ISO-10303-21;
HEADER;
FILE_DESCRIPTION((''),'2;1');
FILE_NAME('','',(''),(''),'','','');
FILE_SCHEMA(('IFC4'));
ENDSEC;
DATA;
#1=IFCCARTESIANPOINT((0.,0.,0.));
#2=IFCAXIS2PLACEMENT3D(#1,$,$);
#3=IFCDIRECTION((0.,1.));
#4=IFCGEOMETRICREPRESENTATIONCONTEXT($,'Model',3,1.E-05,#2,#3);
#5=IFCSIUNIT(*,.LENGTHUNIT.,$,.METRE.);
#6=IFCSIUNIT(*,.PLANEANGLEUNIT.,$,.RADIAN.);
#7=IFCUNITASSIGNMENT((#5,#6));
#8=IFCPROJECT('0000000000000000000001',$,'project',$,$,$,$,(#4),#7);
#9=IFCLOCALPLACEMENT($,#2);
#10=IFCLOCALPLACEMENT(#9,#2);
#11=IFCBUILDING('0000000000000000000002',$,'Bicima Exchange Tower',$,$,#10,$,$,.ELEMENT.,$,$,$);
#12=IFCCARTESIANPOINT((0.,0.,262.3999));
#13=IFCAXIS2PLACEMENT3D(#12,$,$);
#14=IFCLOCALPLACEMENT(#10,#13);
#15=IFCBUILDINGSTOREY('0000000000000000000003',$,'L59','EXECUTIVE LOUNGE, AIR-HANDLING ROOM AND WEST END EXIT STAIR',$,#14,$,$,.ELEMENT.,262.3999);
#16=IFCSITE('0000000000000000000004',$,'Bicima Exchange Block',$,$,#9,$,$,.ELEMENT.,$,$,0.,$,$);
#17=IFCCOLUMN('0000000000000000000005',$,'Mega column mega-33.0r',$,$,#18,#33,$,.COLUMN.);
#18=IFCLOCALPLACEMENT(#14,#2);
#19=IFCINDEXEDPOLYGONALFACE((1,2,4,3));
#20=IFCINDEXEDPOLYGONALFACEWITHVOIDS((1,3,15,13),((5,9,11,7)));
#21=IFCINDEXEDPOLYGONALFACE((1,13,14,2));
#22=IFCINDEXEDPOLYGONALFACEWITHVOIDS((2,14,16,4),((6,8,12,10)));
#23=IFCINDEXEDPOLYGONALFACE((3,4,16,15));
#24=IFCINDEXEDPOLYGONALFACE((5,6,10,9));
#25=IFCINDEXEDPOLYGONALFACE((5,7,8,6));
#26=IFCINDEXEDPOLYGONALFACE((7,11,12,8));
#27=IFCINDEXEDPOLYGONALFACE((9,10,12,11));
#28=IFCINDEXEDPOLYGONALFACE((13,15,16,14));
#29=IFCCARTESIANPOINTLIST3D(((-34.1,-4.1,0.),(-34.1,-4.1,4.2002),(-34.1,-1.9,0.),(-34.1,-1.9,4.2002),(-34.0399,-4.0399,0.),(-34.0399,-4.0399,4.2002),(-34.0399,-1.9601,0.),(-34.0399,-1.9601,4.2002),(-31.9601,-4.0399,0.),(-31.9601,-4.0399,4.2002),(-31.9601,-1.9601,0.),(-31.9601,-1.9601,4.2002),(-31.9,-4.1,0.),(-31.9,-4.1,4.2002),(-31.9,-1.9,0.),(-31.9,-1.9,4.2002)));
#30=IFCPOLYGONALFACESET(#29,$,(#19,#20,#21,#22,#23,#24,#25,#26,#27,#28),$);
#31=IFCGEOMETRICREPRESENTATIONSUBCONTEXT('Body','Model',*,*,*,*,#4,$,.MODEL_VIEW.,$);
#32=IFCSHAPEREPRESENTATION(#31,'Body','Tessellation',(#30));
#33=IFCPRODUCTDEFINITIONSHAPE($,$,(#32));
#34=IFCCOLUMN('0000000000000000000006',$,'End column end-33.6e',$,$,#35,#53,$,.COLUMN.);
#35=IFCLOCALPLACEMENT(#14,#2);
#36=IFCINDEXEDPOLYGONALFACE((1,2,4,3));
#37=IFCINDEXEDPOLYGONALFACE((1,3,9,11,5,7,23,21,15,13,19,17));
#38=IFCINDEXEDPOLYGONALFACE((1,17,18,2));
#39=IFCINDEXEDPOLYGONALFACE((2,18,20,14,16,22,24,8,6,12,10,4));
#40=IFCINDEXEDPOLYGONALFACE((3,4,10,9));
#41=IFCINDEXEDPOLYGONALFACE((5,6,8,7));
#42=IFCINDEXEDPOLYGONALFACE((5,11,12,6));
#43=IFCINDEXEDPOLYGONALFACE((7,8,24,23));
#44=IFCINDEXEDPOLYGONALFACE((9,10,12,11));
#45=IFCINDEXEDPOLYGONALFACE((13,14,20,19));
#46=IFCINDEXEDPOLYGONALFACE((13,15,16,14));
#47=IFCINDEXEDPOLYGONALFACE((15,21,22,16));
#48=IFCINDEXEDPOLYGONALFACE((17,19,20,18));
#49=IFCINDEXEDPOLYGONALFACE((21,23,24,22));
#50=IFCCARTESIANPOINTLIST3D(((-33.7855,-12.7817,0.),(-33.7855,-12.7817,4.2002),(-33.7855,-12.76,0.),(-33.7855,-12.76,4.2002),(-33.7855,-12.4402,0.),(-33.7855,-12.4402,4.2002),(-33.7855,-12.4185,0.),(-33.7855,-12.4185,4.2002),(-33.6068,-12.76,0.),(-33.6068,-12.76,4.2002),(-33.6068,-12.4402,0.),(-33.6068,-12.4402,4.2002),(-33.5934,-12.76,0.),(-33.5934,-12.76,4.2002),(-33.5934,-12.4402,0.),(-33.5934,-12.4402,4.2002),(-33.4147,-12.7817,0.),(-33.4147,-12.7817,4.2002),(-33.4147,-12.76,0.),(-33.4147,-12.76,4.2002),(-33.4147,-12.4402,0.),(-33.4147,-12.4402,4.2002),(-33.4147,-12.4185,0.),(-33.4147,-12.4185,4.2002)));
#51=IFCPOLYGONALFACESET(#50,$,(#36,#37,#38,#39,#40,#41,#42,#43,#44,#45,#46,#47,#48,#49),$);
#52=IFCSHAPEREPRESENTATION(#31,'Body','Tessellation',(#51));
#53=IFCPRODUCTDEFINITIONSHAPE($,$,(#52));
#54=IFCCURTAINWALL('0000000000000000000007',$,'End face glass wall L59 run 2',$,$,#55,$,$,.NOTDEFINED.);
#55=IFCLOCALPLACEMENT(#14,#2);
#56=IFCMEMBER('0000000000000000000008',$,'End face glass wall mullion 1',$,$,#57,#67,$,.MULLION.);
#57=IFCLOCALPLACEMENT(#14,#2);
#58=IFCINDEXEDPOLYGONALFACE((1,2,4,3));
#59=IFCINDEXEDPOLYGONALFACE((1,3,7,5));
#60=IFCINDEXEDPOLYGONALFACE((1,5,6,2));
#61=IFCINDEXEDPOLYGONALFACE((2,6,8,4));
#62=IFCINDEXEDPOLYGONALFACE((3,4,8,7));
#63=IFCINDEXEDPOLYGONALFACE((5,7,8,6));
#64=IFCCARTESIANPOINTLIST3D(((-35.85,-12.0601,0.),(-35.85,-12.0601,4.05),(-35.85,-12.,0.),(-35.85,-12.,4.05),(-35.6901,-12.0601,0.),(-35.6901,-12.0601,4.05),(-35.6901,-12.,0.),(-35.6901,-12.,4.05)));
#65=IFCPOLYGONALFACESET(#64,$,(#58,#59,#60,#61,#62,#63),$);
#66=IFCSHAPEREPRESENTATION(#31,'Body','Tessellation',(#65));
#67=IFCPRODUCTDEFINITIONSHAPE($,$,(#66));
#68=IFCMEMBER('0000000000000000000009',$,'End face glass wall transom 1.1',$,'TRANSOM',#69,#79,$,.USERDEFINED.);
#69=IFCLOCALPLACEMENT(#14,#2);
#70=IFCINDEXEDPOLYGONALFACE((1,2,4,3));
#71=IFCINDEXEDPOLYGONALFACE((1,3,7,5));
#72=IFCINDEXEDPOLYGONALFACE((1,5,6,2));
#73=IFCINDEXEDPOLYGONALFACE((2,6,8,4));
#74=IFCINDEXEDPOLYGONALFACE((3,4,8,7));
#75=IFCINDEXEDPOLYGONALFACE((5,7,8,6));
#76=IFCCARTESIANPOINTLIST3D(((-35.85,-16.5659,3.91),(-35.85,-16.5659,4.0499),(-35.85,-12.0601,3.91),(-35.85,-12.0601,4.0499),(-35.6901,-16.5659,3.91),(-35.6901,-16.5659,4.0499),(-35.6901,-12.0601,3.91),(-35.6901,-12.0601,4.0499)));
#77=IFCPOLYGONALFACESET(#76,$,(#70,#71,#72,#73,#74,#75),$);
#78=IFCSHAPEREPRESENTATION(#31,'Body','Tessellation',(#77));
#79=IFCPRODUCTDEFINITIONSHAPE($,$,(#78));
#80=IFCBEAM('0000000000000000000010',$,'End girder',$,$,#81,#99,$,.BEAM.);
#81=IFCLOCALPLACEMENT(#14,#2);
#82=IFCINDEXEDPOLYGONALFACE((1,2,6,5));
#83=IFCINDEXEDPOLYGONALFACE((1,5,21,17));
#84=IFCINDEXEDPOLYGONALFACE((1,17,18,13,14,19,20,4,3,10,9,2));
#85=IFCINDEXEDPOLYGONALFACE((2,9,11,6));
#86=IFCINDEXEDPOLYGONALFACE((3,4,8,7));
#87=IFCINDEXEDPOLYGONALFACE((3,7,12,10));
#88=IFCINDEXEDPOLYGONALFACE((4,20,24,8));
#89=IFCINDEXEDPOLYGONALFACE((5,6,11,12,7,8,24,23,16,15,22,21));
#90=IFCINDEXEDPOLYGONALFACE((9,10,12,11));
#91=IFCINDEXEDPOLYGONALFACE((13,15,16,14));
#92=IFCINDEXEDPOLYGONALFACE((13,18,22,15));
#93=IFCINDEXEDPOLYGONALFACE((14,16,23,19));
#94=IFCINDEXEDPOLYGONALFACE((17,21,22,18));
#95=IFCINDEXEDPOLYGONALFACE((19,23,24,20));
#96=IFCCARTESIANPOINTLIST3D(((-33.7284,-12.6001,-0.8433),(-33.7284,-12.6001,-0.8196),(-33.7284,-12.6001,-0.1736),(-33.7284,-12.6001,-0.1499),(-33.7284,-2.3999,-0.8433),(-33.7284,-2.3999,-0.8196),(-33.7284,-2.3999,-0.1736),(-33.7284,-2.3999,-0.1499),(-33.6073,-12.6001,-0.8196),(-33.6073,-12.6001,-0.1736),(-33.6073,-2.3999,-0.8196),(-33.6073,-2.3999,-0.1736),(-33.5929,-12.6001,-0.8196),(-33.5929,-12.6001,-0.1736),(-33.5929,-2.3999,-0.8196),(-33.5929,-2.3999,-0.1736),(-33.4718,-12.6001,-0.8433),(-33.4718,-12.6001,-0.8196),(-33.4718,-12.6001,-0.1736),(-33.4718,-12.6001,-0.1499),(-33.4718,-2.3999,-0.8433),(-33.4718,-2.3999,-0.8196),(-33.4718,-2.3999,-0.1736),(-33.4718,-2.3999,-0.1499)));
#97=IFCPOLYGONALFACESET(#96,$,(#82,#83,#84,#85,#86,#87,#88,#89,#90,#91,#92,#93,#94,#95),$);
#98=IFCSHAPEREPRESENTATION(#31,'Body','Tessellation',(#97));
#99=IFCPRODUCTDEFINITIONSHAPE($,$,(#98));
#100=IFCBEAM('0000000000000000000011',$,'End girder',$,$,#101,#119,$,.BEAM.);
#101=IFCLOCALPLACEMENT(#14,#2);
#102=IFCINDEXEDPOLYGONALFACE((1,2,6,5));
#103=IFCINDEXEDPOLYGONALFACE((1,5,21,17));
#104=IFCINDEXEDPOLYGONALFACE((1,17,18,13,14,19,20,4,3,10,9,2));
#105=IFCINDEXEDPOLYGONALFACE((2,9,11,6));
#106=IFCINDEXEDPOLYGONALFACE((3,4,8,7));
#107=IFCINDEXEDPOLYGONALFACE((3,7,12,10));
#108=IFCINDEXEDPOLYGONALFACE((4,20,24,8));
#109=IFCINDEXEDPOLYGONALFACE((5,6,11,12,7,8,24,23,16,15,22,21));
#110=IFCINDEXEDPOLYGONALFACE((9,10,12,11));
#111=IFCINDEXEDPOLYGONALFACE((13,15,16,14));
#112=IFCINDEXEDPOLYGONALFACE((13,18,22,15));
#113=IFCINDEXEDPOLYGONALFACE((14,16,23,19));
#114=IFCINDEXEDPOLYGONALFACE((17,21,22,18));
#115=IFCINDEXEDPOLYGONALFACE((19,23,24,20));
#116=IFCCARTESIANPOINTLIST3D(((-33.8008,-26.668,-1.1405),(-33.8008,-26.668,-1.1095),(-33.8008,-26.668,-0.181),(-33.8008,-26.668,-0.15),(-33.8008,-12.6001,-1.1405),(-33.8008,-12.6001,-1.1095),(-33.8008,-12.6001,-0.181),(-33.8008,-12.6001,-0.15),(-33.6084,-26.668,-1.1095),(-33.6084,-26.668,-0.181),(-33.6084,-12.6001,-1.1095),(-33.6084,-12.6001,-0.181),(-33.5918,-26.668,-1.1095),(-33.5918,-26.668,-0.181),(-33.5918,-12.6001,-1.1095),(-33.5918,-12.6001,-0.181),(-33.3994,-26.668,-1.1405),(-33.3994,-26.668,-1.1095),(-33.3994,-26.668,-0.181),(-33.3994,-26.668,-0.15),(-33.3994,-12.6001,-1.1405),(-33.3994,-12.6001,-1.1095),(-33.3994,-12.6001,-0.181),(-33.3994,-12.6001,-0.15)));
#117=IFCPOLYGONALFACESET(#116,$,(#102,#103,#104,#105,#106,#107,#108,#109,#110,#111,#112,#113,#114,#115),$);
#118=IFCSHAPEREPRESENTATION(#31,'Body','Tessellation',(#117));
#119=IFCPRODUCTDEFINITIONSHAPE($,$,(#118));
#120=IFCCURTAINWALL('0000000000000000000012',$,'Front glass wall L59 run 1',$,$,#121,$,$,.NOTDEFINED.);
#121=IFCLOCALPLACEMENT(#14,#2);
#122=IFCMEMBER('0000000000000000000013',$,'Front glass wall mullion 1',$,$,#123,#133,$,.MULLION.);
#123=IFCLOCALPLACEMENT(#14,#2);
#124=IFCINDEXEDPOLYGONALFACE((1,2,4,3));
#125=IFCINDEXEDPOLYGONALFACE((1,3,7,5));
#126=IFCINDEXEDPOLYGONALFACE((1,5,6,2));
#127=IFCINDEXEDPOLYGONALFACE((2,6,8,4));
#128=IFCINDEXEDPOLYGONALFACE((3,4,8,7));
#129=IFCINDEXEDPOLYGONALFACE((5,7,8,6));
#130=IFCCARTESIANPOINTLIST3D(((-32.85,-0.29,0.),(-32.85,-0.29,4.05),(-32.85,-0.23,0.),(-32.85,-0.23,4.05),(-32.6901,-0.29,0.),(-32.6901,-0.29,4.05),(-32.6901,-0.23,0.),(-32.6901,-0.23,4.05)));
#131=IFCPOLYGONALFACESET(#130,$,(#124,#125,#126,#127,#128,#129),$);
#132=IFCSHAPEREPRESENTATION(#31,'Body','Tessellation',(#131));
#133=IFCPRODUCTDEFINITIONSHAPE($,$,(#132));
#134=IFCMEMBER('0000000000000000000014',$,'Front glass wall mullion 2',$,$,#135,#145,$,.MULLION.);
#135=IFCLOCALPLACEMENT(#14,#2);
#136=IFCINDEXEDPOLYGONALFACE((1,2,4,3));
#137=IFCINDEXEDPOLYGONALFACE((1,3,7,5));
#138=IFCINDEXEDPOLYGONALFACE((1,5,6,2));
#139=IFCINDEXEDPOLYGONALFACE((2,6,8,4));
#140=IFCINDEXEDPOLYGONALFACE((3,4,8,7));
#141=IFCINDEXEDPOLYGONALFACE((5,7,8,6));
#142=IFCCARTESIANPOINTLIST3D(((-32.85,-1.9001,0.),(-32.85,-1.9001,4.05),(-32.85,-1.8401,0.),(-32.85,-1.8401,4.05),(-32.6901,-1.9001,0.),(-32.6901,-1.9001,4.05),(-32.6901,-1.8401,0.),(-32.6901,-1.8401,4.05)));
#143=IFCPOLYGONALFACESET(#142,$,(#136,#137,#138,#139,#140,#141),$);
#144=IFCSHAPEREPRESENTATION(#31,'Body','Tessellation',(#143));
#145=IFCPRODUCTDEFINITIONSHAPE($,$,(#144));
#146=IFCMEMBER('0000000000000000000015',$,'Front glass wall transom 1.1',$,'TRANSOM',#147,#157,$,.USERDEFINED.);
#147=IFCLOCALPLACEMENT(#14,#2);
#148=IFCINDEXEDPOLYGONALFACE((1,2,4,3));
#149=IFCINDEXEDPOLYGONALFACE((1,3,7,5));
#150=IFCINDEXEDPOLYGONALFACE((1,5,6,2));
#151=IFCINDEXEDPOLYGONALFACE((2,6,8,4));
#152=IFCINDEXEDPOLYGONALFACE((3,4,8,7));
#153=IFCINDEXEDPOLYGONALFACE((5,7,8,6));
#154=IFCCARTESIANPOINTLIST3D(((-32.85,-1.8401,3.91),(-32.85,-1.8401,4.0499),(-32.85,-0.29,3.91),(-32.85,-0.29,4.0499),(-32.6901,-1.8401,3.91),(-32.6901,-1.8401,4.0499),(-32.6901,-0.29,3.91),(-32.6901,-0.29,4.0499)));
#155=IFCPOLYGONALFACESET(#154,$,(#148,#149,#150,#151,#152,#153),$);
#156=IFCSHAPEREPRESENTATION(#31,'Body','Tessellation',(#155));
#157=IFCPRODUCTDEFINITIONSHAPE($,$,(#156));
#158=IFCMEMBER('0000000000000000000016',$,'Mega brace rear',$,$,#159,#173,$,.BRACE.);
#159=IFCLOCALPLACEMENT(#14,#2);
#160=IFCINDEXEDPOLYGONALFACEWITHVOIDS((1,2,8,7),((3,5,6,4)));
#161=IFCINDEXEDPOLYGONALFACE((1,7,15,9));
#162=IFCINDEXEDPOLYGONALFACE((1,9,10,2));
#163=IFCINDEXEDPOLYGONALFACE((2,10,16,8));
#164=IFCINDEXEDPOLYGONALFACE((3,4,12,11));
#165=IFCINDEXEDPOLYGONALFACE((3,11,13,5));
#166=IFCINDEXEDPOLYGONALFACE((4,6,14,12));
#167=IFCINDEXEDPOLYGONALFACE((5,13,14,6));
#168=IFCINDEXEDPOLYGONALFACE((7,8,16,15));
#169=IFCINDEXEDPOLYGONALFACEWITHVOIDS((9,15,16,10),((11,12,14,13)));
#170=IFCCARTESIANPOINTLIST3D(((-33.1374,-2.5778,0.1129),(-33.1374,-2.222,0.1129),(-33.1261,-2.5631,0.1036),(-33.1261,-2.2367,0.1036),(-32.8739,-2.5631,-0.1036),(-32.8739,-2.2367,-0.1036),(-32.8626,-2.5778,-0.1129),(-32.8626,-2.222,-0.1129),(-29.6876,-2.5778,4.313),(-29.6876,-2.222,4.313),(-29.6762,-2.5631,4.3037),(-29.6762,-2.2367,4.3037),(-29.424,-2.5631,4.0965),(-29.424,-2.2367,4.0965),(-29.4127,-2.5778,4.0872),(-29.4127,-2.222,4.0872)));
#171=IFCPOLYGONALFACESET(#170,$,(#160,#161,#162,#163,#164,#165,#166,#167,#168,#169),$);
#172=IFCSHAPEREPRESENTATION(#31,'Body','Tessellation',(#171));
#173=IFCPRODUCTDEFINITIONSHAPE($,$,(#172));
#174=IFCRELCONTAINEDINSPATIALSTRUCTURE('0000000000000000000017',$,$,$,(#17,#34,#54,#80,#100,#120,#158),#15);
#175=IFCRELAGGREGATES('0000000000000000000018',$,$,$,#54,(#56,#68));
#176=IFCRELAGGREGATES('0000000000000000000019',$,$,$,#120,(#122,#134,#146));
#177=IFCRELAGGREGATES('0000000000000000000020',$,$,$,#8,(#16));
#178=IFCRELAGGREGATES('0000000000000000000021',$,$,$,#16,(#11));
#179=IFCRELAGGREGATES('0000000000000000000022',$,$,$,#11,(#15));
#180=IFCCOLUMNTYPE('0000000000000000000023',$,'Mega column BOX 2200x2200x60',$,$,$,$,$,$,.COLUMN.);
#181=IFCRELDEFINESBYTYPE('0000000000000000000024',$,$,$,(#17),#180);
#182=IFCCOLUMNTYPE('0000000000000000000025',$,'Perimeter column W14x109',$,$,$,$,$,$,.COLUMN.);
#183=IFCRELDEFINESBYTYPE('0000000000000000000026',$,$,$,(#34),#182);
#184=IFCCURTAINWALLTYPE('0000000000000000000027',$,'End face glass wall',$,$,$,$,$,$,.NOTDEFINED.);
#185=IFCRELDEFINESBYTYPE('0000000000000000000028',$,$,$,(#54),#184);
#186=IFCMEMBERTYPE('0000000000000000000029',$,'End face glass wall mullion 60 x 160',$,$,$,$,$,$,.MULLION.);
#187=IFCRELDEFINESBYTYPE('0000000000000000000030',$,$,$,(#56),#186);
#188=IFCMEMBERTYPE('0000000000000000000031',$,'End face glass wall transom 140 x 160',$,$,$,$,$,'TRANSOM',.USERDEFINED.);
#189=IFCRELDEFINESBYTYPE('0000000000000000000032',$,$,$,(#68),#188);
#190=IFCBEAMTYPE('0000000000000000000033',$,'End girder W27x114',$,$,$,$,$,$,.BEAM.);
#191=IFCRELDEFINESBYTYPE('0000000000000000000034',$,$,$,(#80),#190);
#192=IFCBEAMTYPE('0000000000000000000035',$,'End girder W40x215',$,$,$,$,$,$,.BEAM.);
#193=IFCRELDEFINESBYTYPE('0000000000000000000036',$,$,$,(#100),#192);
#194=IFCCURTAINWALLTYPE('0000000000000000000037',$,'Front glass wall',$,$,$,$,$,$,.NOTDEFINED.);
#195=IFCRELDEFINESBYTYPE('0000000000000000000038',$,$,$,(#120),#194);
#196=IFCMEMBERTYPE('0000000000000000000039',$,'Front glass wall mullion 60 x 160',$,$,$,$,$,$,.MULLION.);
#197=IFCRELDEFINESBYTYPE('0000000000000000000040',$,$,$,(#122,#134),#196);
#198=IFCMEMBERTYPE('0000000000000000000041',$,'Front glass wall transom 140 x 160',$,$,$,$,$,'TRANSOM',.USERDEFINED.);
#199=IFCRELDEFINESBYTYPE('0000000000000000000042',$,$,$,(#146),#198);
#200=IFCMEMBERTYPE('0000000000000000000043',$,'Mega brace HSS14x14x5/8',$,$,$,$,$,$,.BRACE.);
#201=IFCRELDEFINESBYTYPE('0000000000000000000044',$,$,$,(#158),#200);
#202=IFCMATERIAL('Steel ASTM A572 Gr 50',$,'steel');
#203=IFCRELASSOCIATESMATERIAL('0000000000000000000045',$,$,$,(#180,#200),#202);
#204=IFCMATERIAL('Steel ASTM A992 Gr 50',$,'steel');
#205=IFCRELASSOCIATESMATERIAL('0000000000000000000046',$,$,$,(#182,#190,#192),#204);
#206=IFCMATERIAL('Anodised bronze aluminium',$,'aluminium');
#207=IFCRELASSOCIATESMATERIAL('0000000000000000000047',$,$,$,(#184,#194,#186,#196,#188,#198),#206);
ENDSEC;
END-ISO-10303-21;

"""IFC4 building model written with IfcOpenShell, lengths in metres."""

from ifc_helpers import new_model, si_unit, direction, frame, origin, origin_2d, place, context, subcontext, project, spatial, rectangle, hollow_rectangle, i_section, extrude, material, material_profile, profile_set, type_object, element, aggregate, save


model = new_model("IFC4")

# Units and contexts
model_context = context("Model", 3, precision=1e-05, world=origin(), true_north=direction((0.0, 1.0)))
body_context = subcontext(model_context, "Body", "Model", "MODEL_VIEW")
ifc_project = project(units=[si_unit("LENGTHUNIT", "METRE"), si_unit("PLANEANGLEUNIT", "RADIAN")], contexts=[model_context])

# Site, building, storey
site_placement = place(None, origin())
site = spatial("IfcSite", under=ifc_project, at=site_placement, Name="Bicima Exchange Block", CompositionType="ELEMENT", RefElevation=0.0)
building_placement = place(site_placement, origin())
building = spatial("IfcBuilding", under=site, at=building_placement, Name="Bicima Exchange Tower", CompositionType="ELEMENT")
storey_placement = place(building_placement, frame((0.0, 0.0, 262.3999)))
storey = spatial("IfcBuildingStorey", under=building, at=storey_placement, Name="L59", Description="EXECUTIVE LOUNGE, AIR-HANDLING ROOM AND WEST END EXIT STAIR", CompositionType="ELEMENT", Elevation=262.3999)

# Columns
ifc_material_1 = material(Name="Steel ASTM A572 Gr 50", Category="steel")
ifc_material_profile_1 = material_profile(ifc_material_1, hollow_rectangle(XDim=2.2, YDim=2.2, WallThickness=0.0601, at=origin_2d()))
ifc_profile_set_1 = profile_set([ifc_material_profile_1], Name="Steel ASTM A572 Gr 50")
column_type_1 = type_object("IfcColumnType", Name="Mega column BOX 2200x2200x60", PredefinedType="COLUMN", material=ifc_profile_set_1)
column_1_placement = place(storey_placement, frame((-33.0, -3.0, 0.0), z_axis=(0.0, 0.0, 1.0), x_axis=(1.0, 0.0, 0.0)))
element("IfcColumn", 1, at=column_1_placement, inside=storey, type_object=column_type_1, Name="Mega column mega-33.0r", PredefinedType="COLUMN", context=body_context, shape_type="SweptSolid", body=[
    extrude(hollow_rectangle(XDim=2.2, YDim=2.2, WallThickness=0.0601, at=origin_2d()), origin(), (0.0, 0.0, 1.0), 4.2002),
])
ifc_material_2 = material(Name="Steel ASTM A992 Gr 50", Category="steel")
ifc_material_profile_2 = material_profile(ifc_material_2, i_section(OverallWidth=0.3708, OverallDepth=0.3633, WebThickness=0.0134, FlangeThickness=0.0217, at=origin_2d()))
ifc_profile_set_2 = profile_set([ifc_material_profile_2], Name="Steel ASTM A992 Gr 50")
column_type_2 = type_object("IfcColumnType", Name="Perimeter column W14x109", PredefinedType="COLUMN", material=ifc_profile_set_2)
column_2_placement = place(storey_placement, frame((-33.6001, -12.6001, 0.0), z_axis=(0.0, 0.0, 1.0), x_axis=(1.0, 0.0, 0.0)))
element("IfcColumn", 2, at=column_2_placement, inside=storey, type_object=column_type_2, Name="End column end-33.6e", PredefinedType="COLUMN", context=body_context, shape_type="SweptSolid", body=[
    extrude(i_section(OverallWidth=0.3708, OverallDepth=0.3633, WebThickness=0.0134, FlangeThickness=0.0217, at=origin_2d()), origin(), (0.0, 0.0, 1.0), 4.2002),
])

# Curtain wall, members
ifc_material_3 = material(Name="Anodised bronze aluminium", Category="aluminium")
curtain_wall_type_1 = type_object("IfcCurtainWallType", Name="End face glass wall", PredefinedType="NOTDEFINED", material=ifc_material_3)
curtain_wall_1_placement = place(storey_placement, origin())
curtain_wall_1 = element("IfcCurtainWall", 3, at=curtain_wall_1_placement, inside=storey, type_object=curtain_wall_type_1, Name="End face glass wall L59 run 2", PredefinedType="NOTDEFINED")
ifc_material_profile_3 = material_profile(ifc_material_3, rectangle(XDim=0.1599, YDim=0.0601, at=origin_2d()))
ifc_profile_set_3 = profile_set([ifc_material_profile_3], Name="Anodised bronze aluminium")
member_type_1 = type_object("IfcMemberType", Name="End face glass wall mullion 60 x 160", PredefinedType="MULLION", material=ifc_profile_set_3)
member_1_placement = place(storey_placement, frame((-35.77, -12.03, 0.0), z_axis=(0.0, 0.0, 1.0), x_axis=(1.0, 0.0, 0.0)))
member_1 = element("IfcMember", 4, at=member_1_placement, type_object=member_type_1, Name="End face glass wall mullion 1", PredefinedType="MULLION", context=body_context, shape_type="SweptSolid", body=[
    extrude(rectangle(XDim=0.1599, YDim=0.0601, at=origin_2d()), origin(), (0.0, 0.0, 1.0), 4.05),
])
ifc_material_profile_4 = material_profile(ifc_material_3, rectangle(XDim=0.1599, YDim=0.1399, at=origin_2d()))
ifc_profile_set_4 = profile_set([ifc_material_profile_4], Name="Anodised bronze aluminium")
member_type_2 = type_object("IfcMemberType", Name="End face glass wall transom 140 x 160", ElementType="TRANSOM", PredefinedType="USERDEFINED", material=ifc_profile_set_4)
member_2_placement = place(storey_placement, frame((-35.77, -12.0601, 3.98), z_axis=(0.0, -1.0, 0.0), x_axis=(1.0, 0.0, 0.0)))
member_2 = element("IfcMember", 5, at=member_2_placement, type_object=member_type_2, Name="End face glass wall transom 1.1", ObjectType="TRANSOM", PredefinedType="USERDEFINED", context=body_context, shape_type="SweptSolid", body=[
    extrude(rectangle(XDim=0.1599, YDim=0.1399, at=origin_2d()), origin(), (0.0, 0.0, 1.0), 4.5059),
])
aggregate(curtain_wall_1, [member_1, member_2])

# Beams
ifc_material_profile_5 = material_profile(ifc_material_2, i_section(OverallWidth=0.2566, OverallDepth=0.6934, WebThickness=0.0144, FlangeThickness=0.0237, at=origin_2d()))
ifc_profile_set_5 = profile_set([ifc_material_profile_5], Name="Steel ASTM A992 Gr 50")
beam_type_1 = type_object("IfcBeamType", Name="End girder W27x114", PredefinedType="BEAM", material=ifc_profile_set_5)
beam_1_placement = place(storey_placement, frame((-33.6001, -2.3999, -0.4966), z_axis=(0.0, -1.0, 0.0), x_axis=(1.0, 0.0, 0.0)))
element("IfcBeam", 6, at=beam_1_placement, inside=storey, type_object=beam_type_1, Name="End girder", PredefinedType="BEAM", context=body_context, shape_type="SweptSolid", body=[
    extrude(i_section(OverallWidth=0.2566, OverallDepth=0.6934, WebThickness=0.0144, FlangeThickness=0.0237, at=origin_2d()), origin(), (0.0, 0.0, 1.0), 10.2002),
])
ifc_material_profile_6 = material_profile(ifc_material_2, i_section(OverallWidth=0.4014, OverallDepth=0.9905, WebThickness=0.0166, FlangeThickness=0.031, at=origin_2d()))
ifc_profile_set_6 = profile_set([ifc_material_profile_6], Name="Steel ASTM A992 Gr 50")
beam_type_2 = type_object("IfcBeamType", Name="End girder W40x215", PredefinedType="BEAM", material=ifc_profile_set_6)
beam_2_placement = place(storey_placement, frame((-33.6001, -12.6001, -0.6453), z_axis=(0.0, -1.0, 0.0), x_axis=(1.0, 0.0, 0.0)))
element("IfcBeam", 7, at=beam_2_placement, inside=storey, type_object=beam_type_2, Name="End girder", PredefinedType="BEAM", context=body_context, shape_type="SweptSolid", body=[
    extrude(i_section(OverallWidth=0.4014, OverallDepth=0.9905, WebThickness=0.0166, FlangeThickness=0.031, at=origin_2d()), origin(), (0.0, 0.0, 1.0), 14.0679),
])

# Curtain wall, members
curtain_wall_type_2 = type_object("IfcCurtainWallType", Name="Front glass wall", PredefinedType="NOTDEFINED", material=ifc_material_3)
curtain_wall_2_placement = place(storey_placement, origin())
curtain_wall_2 = element("IfcCurtainWall", 8, at=curtain_wall_2_placement, inside=storey, type_object=curtain_wall_type_2, Name="Front glass wall L59 run 1", PredefinedType="NOTDEFINED")
member_type_3 = type_object("IfcMemberType", Name="Front glass wall mullion 60 x 160", PredefinedType="MULLION", material=ifc_profile_set_3)
member_3_placement = place(storey_placement, frame((-32.77, -0.26, 0.0), z_axis=(0.0, 0.0, 1.0), x_axis=(1.0, 0.0, 0.0)))
member_3 = element("IfcMember", 9, at=member_3_placement, type_object=member_type_3, Name="Front glass wall mullion 1", PredefinedType="MULLION", context=body_context, shape_type="SweptSolid", body=[
    extrude(rectangle(XDim=0.1599, YDim=0.0601, at=origin_2d()), origin(), (0.0, 0.0, 1.0), 4.05),
])
member_4_placement = place(storey_placement, frame((-32.77, -1.8701, 0.0), z_axis=(0.0, 0.0, 1.0), x_axis=(1.0, 0.0, 0.0)))
member_4 = element("IfcMember", 10, at=member_4_placement, type_object=member_type_3, Name="Front glass wall mullion 2", PredefinedType="MULLION", context=body_context, shape_type="SweptSolid", body=[
    extrude(rectangle(XDim=0.1599, YDim=0.0601, at=origin_2d()), origin(), (0.0, 0.0, 1.0), 4.05),
])
member_type_4 = type_object("IfcMemberType", Name="Front glass wall transom 140 x 160", ElementType="TRANSOM", PredefinedType="USERDEFINED", material=ifc_profile_set_4)
member_5_placement = place(storey_placement, frame((-32.77, -0.29, 3.98), z_axis=(0.0, -1.0, 0.0), x_axis=(1.0, 0.0, 0.0)))
member_5 = element("IfcMember", 11, at=member_5_placement, type_object=member_type_4, Name="Front glass wall transom 1.1", ObjectType="TRANSOM", PredefinedType="USERDEFINED", context=body_context, shape_type="SweptSolid", body=[
    extrude(rectangle(XDim=0.1599, YDim=0.1399, at=origin_2d()), origin(), (0.0, 0.0, 1.0), 1.55),
])

# Member
ifc_material_profile_7 = material_profile(ifc_material_1, hollow_rectangle(XDim=0.3557, YDim=0.3557, WallThickness=0.0146, at=origin_2d()))
ifc_profile_set_7 = profile_set([ifc_material_profile_7], Name="Steel ASTM A572 Gr 50")
member_type_5 = type_object("IfcMemberType", Name="Mega brace HSS14x14x5/8", PredefinedType="BRACE", material=ifc_profile_set_7)
member_6_placement = place(storey_placement, frame((-33.0, -2.3999, 0.0), z_axis=(0.634716, 0.0, 0.772745), x_axis=(0.0, 1.0, 0.0)))
element("IfcMember", 12, at=member_6_placement, inside=storey, type_object=member_type_5, Name="Mega brace rear", PredefinedType="BRACE", context=body_context, shape_type="SweptSolid", body=[
    extrude(hollow_rectangle(XDim=0.3557, YDim=0.3557, WallThickness=0.0146, at=origin_2d()), origin(), (0.0, 0.0, 1.0), 5.4353),
])

aggregate(curtain_wall_2, [member_3, member_4, member_5])

save(model, "model.ifc")
